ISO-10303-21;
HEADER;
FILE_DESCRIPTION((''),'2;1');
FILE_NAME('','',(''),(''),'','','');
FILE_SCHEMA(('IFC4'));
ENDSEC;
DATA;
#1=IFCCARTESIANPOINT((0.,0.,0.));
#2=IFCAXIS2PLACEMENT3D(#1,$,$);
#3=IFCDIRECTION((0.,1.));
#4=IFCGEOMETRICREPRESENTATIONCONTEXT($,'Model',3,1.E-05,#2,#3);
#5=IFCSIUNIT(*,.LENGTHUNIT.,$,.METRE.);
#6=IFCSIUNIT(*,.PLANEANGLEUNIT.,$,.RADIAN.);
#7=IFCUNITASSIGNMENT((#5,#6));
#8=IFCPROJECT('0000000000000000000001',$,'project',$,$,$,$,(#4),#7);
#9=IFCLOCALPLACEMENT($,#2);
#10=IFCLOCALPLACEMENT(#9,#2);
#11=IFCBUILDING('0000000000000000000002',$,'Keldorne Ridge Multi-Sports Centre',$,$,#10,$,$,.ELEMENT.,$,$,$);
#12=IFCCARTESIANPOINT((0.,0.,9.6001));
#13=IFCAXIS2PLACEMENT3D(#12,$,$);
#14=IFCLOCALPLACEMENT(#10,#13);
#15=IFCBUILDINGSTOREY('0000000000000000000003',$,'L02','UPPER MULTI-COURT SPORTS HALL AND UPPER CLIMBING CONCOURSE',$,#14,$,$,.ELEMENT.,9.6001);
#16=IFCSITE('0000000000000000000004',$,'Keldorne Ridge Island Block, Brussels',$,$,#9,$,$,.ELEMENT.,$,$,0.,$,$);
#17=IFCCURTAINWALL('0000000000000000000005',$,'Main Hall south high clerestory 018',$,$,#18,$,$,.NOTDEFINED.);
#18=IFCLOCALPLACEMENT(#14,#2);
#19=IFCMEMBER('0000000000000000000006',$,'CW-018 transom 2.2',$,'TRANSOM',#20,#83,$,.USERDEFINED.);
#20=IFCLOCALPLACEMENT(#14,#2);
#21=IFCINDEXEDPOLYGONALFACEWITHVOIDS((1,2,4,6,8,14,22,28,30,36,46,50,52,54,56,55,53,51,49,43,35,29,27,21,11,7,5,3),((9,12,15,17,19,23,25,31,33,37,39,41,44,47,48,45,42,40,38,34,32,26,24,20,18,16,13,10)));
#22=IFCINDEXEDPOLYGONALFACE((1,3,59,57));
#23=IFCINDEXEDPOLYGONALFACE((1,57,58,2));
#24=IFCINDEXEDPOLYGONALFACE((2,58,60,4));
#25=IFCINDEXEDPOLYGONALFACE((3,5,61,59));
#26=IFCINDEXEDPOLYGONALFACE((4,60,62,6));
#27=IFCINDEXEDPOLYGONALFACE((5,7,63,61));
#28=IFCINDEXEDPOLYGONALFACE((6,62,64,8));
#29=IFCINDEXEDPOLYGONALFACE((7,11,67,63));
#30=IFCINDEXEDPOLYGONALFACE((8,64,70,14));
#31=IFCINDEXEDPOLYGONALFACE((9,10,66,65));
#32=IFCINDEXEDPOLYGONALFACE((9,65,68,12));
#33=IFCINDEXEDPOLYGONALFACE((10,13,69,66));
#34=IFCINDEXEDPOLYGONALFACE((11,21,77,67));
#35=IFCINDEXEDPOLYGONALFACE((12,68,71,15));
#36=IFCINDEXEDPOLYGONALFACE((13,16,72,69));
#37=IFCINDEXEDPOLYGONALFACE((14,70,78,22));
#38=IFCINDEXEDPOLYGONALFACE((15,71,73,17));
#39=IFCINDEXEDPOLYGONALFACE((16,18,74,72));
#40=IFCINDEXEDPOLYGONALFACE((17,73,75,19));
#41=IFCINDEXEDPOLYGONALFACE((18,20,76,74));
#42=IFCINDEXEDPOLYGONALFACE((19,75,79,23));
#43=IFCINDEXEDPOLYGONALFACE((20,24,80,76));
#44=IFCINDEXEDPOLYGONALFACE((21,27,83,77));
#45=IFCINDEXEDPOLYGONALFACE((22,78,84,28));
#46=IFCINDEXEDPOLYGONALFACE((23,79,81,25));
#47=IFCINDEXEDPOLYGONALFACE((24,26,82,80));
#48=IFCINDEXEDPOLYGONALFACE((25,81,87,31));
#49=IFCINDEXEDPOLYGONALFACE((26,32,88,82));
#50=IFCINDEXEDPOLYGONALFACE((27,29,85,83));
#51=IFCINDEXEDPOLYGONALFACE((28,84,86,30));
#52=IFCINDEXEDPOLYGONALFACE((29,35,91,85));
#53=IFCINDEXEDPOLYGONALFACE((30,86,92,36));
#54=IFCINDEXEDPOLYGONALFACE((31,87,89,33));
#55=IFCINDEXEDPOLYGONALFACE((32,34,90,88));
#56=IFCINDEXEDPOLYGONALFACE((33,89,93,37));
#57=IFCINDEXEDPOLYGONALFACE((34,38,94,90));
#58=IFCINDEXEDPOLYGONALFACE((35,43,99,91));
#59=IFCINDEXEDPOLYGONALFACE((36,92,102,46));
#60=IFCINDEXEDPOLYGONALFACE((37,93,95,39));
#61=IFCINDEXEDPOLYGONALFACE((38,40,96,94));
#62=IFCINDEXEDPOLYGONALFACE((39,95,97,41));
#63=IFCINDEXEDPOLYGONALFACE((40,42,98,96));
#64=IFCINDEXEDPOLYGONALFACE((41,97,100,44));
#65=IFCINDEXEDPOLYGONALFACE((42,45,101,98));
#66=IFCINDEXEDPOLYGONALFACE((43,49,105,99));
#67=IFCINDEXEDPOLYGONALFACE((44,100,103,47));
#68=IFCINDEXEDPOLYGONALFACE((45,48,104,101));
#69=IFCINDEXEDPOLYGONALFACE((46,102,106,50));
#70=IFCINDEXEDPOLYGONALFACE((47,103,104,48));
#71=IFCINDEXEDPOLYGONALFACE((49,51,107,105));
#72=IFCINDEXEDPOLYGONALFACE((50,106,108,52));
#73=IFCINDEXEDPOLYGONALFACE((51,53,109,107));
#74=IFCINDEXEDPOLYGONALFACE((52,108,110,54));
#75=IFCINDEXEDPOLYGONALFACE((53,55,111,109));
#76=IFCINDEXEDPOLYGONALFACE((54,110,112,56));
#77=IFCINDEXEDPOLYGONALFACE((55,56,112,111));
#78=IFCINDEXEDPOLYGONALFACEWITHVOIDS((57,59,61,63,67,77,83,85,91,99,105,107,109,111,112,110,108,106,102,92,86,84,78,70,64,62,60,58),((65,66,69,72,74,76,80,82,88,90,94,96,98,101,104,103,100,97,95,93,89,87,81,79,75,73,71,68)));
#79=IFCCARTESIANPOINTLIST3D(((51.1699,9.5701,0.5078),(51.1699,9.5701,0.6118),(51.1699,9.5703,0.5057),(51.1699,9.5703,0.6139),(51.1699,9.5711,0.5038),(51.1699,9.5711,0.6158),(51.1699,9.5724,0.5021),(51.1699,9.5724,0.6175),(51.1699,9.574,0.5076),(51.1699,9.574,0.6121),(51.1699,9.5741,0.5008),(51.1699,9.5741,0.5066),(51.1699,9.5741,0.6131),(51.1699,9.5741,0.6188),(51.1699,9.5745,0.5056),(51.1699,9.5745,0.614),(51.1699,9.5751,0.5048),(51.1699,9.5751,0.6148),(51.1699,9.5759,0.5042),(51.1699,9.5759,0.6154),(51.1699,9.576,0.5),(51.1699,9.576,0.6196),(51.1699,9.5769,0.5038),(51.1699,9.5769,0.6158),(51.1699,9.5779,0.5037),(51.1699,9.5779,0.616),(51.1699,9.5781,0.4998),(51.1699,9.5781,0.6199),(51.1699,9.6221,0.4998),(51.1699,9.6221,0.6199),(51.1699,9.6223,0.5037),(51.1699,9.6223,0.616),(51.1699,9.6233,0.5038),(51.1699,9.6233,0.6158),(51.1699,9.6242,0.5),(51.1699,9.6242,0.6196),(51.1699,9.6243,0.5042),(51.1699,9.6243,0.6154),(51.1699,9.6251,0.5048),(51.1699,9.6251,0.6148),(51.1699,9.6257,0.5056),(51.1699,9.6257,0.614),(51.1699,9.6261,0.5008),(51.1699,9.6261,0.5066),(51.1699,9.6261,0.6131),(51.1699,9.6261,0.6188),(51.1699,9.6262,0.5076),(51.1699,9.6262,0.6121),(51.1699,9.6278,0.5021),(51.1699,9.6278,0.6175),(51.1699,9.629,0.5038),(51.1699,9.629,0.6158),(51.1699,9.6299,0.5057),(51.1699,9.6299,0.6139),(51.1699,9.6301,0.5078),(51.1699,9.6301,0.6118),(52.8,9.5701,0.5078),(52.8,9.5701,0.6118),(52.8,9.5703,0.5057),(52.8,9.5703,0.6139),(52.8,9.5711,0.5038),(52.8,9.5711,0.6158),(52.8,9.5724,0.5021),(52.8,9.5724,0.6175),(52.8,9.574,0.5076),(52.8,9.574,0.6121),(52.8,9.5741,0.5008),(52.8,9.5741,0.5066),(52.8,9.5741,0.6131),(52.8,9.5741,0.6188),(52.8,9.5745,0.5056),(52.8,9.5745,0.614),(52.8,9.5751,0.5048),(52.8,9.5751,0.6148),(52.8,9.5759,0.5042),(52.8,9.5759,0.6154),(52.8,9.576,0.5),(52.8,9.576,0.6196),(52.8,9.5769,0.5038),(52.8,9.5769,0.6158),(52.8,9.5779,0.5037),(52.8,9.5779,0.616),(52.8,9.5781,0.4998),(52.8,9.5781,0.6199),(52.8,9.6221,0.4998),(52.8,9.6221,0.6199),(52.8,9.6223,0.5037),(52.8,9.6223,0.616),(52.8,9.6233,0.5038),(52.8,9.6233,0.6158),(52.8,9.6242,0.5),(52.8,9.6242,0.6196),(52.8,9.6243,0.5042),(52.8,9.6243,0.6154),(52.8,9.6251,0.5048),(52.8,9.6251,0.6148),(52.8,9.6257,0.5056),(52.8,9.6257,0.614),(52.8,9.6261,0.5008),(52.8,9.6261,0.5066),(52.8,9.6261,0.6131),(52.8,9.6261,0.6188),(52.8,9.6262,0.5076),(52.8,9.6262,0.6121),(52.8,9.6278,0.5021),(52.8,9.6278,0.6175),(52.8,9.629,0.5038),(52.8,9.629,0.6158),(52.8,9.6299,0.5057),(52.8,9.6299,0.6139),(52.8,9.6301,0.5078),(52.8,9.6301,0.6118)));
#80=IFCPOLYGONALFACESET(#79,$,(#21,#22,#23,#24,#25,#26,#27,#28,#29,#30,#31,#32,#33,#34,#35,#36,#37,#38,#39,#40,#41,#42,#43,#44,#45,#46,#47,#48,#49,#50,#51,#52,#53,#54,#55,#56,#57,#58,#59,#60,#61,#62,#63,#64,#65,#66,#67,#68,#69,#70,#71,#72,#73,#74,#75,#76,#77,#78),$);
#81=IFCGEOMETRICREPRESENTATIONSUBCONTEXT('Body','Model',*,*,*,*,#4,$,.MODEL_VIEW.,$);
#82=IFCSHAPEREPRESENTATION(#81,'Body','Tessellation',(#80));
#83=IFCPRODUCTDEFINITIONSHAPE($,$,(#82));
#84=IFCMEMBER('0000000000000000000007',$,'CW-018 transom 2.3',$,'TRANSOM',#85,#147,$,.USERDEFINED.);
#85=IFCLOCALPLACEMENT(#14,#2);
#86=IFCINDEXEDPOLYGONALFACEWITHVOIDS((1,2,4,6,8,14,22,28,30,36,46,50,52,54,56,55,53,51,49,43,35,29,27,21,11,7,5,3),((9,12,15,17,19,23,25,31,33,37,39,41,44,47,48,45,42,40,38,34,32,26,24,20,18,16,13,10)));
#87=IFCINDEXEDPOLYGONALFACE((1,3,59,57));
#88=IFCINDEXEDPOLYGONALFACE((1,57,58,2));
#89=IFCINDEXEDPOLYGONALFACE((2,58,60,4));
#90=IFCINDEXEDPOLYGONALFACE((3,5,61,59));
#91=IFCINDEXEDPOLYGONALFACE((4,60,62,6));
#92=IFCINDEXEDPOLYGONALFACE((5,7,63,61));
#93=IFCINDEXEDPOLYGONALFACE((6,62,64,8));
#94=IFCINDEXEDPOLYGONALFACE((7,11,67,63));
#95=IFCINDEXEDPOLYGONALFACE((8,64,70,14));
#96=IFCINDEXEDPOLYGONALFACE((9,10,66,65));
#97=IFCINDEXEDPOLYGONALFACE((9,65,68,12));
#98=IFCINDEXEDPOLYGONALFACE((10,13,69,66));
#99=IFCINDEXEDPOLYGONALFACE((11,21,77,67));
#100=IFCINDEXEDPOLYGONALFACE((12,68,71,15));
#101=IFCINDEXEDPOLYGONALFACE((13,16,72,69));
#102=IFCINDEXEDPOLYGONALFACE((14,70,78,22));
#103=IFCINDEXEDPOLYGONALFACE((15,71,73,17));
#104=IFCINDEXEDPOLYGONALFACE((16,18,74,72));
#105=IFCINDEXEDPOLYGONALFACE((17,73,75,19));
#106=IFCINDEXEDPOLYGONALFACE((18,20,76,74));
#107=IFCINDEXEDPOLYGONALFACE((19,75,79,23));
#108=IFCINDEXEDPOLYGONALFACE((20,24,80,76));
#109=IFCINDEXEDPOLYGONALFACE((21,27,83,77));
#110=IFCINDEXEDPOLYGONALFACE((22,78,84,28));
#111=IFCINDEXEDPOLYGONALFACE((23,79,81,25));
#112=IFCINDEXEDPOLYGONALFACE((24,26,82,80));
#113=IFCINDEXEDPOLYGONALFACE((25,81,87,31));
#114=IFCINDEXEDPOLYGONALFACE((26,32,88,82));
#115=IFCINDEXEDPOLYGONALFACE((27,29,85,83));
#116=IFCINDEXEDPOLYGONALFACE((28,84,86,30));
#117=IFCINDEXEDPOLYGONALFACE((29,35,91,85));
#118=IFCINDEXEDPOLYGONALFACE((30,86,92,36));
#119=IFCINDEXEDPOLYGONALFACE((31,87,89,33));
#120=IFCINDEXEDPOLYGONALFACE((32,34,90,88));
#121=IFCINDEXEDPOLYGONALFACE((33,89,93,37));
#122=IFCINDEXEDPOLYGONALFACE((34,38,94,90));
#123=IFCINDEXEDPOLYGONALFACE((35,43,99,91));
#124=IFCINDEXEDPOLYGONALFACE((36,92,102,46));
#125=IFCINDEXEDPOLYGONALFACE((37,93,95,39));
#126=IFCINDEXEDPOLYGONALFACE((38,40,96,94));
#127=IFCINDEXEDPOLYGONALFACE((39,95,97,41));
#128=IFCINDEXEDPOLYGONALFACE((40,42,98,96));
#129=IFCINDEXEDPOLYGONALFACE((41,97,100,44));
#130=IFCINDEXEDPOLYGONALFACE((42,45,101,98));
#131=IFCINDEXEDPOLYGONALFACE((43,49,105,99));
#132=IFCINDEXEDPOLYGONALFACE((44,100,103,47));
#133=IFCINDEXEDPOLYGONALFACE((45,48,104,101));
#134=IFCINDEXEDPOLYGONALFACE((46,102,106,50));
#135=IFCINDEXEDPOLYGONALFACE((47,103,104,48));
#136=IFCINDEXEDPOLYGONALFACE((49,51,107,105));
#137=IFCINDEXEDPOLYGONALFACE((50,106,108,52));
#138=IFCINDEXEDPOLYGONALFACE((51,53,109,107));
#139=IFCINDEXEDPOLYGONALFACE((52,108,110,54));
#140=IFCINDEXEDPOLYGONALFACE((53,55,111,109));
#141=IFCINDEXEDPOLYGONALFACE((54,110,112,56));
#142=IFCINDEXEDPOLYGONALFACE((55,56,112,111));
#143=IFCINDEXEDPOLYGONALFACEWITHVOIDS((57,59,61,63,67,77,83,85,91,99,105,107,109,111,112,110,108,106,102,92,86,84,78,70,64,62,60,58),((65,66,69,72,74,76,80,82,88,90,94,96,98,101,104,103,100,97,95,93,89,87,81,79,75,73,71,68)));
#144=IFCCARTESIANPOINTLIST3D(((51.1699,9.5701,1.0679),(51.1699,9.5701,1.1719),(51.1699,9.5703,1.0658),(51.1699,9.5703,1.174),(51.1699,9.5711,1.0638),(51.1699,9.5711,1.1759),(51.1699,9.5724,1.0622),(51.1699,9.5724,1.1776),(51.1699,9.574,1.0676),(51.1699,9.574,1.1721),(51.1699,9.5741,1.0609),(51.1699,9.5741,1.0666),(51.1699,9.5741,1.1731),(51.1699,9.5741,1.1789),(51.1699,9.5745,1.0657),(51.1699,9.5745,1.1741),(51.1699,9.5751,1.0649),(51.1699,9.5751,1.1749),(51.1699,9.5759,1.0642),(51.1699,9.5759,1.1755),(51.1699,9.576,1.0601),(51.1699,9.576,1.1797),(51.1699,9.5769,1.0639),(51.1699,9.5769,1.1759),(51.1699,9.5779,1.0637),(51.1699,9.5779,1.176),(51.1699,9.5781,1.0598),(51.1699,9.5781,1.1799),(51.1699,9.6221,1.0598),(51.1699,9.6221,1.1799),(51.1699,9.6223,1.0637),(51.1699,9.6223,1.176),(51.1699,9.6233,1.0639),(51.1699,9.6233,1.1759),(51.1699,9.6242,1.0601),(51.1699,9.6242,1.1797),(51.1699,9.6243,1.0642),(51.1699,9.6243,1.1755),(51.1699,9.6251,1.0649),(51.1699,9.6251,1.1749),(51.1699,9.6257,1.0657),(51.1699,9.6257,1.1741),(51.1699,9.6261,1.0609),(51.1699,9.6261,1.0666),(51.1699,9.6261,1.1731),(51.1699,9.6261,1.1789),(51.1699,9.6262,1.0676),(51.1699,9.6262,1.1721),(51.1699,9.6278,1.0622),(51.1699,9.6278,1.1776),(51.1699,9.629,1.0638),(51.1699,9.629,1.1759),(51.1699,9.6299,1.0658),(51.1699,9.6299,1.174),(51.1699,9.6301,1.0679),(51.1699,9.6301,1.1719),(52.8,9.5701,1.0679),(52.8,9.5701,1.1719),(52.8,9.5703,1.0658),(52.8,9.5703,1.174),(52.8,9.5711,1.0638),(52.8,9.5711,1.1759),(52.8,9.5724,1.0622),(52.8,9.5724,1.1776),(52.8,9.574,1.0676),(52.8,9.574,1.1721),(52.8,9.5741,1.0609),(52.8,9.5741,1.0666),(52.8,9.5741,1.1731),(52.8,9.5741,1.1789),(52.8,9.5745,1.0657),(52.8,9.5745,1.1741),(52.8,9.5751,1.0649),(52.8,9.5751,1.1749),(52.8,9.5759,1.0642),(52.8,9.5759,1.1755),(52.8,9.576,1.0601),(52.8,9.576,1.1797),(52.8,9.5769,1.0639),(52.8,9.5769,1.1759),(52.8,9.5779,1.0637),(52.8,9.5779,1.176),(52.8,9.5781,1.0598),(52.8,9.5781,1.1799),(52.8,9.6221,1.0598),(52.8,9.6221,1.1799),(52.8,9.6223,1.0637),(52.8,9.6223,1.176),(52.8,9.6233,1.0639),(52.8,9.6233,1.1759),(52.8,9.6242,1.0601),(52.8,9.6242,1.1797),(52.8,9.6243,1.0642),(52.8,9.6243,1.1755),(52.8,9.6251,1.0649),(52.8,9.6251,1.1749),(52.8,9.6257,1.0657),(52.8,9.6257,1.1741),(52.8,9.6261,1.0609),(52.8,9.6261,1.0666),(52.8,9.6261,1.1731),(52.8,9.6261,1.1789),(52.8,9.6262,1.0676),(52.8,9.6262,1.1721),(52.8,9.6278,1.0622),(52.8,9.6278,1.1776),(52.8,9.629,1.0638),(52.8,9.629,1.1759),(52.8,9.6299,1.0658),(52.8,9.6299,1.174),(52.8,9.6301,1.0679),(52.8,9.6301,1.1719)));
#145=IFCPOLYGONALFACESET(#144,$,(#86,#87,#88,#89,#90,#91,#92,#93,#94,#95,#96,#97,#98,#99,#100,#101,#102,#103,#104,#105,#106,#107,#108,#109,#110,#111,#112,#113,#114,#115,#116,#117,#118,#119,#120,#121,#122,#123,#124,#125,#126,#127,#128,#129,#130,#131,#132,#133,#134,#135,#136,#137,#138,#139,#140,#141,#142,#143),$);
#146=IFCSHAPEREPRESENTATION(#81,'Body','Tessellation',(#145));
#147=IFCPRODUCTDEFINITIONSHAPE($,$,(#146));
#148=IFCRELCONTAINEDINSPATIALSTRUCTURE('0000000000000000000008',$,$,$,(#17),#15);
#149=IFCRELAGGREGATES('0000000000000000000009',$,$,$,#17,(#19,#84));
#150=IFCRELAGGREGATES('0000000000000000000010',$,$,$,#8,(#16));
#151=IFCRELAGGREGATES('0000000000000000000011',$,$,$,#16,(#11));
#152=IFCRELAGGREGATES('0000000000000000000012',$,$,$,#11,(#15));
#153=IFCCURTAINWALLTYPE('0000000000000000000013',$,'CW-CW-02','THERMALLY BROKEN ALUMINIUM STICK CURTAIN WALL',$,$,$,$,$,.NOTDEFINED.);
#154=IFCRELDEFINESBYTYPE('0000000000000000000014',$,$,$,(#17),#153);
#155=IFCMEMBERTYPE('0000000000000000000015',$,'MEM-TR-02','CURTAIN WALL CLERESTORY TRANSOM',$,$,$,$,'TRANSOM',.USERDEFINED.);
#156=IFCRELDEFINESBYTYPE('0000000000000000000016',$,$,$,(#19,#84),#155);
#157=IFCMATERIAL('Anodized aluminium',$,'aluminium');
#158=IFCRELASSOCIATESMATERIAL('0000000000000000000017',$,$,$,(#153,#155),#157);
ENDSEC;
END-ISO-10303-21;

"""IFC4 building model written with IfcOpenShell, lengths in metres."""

from ifc_helpers import new_model, si_unit, direction, frame, origin, origin_2d, place, context, subcontext, project, spatial, hollow_rectangle, extrude, material, material_profile, profile_set, type_object, element, aggregate, save


model = new_model("IFC4")

# Units and contexts
model_context = context("Model", 3, precision=1e-05, world=origin(), true_north=direction((0.0, 1.0)))
body_context = subcontext(model_context, "Body", "Model", "MODEL_VIEW")
ifc_project = project(units=[si_unit("LENGTHUNIT", "METRE"), si_unit("PLANEANGLEUNIT", "RADIAN")], contexts=[model_context])

# Site, building, storey
site_placement = place(None, origin())
site = spatial("IfcSite", under=ifc_project, at=site_placement, Name="Keldorne Ridge Island Block, Brussels", CompositionType="ELEMENT", RefElevation=0.0)
building_placement = place(site_placement, origin())
building = spatial("IfcBuilding", under=site, at=building_placement, Name="Keldorne Ridge Multi-Sports Centre", CompositionType="ELEMENT")
storey_placement = place(building_placement, frame((0.0, 0.0, 9.6001)))
storey = spatial("IfcBuildingStorey", under=building, at=storey_placement, Name="L02", Description="UPPER MULTI-COURT SPORTS HALL AND UPPER CLIMBING CONCOURSE", CompositionType="ELEMENT", Elevation=9.6001)

# Curtain wall, members
ifc_material_1 = material(Name="Anodized aluminium", Category="aluminium")
curtain_wall_type = type_object("IfcCurtainWallType", Name="CW-CW-02", Description="THERMALLY BROKEN ALUMINIUM STICK CURTAIN WALL", PredefinedType="NOTDEFINED", material=ifc_material_1)
curtain_wall_placement = place(storey_placement, origin())
curtain_wall = element("IfcCurtainWall", 1, at=curtain_wall_placement, inside=storey, type_object=curtain_wall_type, Name="Main Hall south high clerestory 018", PredefinedType="NOTDEFINED")
ifc_material_profile_1 = material_profile(ifc_material_1, hollow_rectangle(XDim=0.0601, YDim=0.1201, WallThickness=0.0039, InnerFilletRadius=0.0039, OuterFilletRadius=0.0081, at=origin_2d()), Name="ALU TRANSOM 120x60x4")
ifc_profile_set_1 = profile_set([ifc_material_profile_1], Name="Anodized aluminium")
member_type_1 = type_object("IfcMemberType", Name="MEM-TR-02", Description="CURTAIN WALL CLERESTORY TRANSOM", ElementType="TRANSOM", PredefinedType="USERDEFINED", material=ifc_profile_set_1)
member_1_placement = place(storey_placement, frame((51.1699, 9.6001, 0.5598), z_axis=(1.0, 0.0, 0.0), x_axis=(0.0, 1.0, 0.0)))
member_1 = element("IfcMember", 2, at=member_1_placement, type_object=member_type_1, Name="CW-018 transom 2.2", ObjectType="TRANSOM", PredefinedType="USERDEFINED", context=body_context, shape_type="SweptSolid", body=[
    extrude(hollow_rectangle(XDim=0.0601, YDim=0.1201, WallThickness=0.0039, InnerFilletRadius=0.0039, OuterFilletRadius=0.0081, at=origin_2d()), origin(), (0.0, 0.0, 1.0), 1.6301),
])
member_2_placement = place(storey_placement, frame((51.1699, 9.6001, 1.1199), z_axis=(1.0, 0.0, 0.0), x_axis=(0.0, 1.0, 0.0)))
member_2 = element("IfcMember", 3, at=member_2_placement, type_object=member_type_1, Name="CW-018 transom 2.3", ObjectType="TRANSOM", PredefinedType="USERDEFINED", context=body_context, shape_type="SweptSolid", body=[
    extrude(hollow_rectangle(XDim=0.0601, YDim=0.1201, WallThickness=0.0039, InnerFilletRadius=0.0039, OuterFilletRadius=0.0081, at=origin_2d()), origin(), (0.0, 0.0, 1.0), 1.6301),
])
aggregate(curtain_wall, [member_1, member_2])

save(model, "model.ifc")
